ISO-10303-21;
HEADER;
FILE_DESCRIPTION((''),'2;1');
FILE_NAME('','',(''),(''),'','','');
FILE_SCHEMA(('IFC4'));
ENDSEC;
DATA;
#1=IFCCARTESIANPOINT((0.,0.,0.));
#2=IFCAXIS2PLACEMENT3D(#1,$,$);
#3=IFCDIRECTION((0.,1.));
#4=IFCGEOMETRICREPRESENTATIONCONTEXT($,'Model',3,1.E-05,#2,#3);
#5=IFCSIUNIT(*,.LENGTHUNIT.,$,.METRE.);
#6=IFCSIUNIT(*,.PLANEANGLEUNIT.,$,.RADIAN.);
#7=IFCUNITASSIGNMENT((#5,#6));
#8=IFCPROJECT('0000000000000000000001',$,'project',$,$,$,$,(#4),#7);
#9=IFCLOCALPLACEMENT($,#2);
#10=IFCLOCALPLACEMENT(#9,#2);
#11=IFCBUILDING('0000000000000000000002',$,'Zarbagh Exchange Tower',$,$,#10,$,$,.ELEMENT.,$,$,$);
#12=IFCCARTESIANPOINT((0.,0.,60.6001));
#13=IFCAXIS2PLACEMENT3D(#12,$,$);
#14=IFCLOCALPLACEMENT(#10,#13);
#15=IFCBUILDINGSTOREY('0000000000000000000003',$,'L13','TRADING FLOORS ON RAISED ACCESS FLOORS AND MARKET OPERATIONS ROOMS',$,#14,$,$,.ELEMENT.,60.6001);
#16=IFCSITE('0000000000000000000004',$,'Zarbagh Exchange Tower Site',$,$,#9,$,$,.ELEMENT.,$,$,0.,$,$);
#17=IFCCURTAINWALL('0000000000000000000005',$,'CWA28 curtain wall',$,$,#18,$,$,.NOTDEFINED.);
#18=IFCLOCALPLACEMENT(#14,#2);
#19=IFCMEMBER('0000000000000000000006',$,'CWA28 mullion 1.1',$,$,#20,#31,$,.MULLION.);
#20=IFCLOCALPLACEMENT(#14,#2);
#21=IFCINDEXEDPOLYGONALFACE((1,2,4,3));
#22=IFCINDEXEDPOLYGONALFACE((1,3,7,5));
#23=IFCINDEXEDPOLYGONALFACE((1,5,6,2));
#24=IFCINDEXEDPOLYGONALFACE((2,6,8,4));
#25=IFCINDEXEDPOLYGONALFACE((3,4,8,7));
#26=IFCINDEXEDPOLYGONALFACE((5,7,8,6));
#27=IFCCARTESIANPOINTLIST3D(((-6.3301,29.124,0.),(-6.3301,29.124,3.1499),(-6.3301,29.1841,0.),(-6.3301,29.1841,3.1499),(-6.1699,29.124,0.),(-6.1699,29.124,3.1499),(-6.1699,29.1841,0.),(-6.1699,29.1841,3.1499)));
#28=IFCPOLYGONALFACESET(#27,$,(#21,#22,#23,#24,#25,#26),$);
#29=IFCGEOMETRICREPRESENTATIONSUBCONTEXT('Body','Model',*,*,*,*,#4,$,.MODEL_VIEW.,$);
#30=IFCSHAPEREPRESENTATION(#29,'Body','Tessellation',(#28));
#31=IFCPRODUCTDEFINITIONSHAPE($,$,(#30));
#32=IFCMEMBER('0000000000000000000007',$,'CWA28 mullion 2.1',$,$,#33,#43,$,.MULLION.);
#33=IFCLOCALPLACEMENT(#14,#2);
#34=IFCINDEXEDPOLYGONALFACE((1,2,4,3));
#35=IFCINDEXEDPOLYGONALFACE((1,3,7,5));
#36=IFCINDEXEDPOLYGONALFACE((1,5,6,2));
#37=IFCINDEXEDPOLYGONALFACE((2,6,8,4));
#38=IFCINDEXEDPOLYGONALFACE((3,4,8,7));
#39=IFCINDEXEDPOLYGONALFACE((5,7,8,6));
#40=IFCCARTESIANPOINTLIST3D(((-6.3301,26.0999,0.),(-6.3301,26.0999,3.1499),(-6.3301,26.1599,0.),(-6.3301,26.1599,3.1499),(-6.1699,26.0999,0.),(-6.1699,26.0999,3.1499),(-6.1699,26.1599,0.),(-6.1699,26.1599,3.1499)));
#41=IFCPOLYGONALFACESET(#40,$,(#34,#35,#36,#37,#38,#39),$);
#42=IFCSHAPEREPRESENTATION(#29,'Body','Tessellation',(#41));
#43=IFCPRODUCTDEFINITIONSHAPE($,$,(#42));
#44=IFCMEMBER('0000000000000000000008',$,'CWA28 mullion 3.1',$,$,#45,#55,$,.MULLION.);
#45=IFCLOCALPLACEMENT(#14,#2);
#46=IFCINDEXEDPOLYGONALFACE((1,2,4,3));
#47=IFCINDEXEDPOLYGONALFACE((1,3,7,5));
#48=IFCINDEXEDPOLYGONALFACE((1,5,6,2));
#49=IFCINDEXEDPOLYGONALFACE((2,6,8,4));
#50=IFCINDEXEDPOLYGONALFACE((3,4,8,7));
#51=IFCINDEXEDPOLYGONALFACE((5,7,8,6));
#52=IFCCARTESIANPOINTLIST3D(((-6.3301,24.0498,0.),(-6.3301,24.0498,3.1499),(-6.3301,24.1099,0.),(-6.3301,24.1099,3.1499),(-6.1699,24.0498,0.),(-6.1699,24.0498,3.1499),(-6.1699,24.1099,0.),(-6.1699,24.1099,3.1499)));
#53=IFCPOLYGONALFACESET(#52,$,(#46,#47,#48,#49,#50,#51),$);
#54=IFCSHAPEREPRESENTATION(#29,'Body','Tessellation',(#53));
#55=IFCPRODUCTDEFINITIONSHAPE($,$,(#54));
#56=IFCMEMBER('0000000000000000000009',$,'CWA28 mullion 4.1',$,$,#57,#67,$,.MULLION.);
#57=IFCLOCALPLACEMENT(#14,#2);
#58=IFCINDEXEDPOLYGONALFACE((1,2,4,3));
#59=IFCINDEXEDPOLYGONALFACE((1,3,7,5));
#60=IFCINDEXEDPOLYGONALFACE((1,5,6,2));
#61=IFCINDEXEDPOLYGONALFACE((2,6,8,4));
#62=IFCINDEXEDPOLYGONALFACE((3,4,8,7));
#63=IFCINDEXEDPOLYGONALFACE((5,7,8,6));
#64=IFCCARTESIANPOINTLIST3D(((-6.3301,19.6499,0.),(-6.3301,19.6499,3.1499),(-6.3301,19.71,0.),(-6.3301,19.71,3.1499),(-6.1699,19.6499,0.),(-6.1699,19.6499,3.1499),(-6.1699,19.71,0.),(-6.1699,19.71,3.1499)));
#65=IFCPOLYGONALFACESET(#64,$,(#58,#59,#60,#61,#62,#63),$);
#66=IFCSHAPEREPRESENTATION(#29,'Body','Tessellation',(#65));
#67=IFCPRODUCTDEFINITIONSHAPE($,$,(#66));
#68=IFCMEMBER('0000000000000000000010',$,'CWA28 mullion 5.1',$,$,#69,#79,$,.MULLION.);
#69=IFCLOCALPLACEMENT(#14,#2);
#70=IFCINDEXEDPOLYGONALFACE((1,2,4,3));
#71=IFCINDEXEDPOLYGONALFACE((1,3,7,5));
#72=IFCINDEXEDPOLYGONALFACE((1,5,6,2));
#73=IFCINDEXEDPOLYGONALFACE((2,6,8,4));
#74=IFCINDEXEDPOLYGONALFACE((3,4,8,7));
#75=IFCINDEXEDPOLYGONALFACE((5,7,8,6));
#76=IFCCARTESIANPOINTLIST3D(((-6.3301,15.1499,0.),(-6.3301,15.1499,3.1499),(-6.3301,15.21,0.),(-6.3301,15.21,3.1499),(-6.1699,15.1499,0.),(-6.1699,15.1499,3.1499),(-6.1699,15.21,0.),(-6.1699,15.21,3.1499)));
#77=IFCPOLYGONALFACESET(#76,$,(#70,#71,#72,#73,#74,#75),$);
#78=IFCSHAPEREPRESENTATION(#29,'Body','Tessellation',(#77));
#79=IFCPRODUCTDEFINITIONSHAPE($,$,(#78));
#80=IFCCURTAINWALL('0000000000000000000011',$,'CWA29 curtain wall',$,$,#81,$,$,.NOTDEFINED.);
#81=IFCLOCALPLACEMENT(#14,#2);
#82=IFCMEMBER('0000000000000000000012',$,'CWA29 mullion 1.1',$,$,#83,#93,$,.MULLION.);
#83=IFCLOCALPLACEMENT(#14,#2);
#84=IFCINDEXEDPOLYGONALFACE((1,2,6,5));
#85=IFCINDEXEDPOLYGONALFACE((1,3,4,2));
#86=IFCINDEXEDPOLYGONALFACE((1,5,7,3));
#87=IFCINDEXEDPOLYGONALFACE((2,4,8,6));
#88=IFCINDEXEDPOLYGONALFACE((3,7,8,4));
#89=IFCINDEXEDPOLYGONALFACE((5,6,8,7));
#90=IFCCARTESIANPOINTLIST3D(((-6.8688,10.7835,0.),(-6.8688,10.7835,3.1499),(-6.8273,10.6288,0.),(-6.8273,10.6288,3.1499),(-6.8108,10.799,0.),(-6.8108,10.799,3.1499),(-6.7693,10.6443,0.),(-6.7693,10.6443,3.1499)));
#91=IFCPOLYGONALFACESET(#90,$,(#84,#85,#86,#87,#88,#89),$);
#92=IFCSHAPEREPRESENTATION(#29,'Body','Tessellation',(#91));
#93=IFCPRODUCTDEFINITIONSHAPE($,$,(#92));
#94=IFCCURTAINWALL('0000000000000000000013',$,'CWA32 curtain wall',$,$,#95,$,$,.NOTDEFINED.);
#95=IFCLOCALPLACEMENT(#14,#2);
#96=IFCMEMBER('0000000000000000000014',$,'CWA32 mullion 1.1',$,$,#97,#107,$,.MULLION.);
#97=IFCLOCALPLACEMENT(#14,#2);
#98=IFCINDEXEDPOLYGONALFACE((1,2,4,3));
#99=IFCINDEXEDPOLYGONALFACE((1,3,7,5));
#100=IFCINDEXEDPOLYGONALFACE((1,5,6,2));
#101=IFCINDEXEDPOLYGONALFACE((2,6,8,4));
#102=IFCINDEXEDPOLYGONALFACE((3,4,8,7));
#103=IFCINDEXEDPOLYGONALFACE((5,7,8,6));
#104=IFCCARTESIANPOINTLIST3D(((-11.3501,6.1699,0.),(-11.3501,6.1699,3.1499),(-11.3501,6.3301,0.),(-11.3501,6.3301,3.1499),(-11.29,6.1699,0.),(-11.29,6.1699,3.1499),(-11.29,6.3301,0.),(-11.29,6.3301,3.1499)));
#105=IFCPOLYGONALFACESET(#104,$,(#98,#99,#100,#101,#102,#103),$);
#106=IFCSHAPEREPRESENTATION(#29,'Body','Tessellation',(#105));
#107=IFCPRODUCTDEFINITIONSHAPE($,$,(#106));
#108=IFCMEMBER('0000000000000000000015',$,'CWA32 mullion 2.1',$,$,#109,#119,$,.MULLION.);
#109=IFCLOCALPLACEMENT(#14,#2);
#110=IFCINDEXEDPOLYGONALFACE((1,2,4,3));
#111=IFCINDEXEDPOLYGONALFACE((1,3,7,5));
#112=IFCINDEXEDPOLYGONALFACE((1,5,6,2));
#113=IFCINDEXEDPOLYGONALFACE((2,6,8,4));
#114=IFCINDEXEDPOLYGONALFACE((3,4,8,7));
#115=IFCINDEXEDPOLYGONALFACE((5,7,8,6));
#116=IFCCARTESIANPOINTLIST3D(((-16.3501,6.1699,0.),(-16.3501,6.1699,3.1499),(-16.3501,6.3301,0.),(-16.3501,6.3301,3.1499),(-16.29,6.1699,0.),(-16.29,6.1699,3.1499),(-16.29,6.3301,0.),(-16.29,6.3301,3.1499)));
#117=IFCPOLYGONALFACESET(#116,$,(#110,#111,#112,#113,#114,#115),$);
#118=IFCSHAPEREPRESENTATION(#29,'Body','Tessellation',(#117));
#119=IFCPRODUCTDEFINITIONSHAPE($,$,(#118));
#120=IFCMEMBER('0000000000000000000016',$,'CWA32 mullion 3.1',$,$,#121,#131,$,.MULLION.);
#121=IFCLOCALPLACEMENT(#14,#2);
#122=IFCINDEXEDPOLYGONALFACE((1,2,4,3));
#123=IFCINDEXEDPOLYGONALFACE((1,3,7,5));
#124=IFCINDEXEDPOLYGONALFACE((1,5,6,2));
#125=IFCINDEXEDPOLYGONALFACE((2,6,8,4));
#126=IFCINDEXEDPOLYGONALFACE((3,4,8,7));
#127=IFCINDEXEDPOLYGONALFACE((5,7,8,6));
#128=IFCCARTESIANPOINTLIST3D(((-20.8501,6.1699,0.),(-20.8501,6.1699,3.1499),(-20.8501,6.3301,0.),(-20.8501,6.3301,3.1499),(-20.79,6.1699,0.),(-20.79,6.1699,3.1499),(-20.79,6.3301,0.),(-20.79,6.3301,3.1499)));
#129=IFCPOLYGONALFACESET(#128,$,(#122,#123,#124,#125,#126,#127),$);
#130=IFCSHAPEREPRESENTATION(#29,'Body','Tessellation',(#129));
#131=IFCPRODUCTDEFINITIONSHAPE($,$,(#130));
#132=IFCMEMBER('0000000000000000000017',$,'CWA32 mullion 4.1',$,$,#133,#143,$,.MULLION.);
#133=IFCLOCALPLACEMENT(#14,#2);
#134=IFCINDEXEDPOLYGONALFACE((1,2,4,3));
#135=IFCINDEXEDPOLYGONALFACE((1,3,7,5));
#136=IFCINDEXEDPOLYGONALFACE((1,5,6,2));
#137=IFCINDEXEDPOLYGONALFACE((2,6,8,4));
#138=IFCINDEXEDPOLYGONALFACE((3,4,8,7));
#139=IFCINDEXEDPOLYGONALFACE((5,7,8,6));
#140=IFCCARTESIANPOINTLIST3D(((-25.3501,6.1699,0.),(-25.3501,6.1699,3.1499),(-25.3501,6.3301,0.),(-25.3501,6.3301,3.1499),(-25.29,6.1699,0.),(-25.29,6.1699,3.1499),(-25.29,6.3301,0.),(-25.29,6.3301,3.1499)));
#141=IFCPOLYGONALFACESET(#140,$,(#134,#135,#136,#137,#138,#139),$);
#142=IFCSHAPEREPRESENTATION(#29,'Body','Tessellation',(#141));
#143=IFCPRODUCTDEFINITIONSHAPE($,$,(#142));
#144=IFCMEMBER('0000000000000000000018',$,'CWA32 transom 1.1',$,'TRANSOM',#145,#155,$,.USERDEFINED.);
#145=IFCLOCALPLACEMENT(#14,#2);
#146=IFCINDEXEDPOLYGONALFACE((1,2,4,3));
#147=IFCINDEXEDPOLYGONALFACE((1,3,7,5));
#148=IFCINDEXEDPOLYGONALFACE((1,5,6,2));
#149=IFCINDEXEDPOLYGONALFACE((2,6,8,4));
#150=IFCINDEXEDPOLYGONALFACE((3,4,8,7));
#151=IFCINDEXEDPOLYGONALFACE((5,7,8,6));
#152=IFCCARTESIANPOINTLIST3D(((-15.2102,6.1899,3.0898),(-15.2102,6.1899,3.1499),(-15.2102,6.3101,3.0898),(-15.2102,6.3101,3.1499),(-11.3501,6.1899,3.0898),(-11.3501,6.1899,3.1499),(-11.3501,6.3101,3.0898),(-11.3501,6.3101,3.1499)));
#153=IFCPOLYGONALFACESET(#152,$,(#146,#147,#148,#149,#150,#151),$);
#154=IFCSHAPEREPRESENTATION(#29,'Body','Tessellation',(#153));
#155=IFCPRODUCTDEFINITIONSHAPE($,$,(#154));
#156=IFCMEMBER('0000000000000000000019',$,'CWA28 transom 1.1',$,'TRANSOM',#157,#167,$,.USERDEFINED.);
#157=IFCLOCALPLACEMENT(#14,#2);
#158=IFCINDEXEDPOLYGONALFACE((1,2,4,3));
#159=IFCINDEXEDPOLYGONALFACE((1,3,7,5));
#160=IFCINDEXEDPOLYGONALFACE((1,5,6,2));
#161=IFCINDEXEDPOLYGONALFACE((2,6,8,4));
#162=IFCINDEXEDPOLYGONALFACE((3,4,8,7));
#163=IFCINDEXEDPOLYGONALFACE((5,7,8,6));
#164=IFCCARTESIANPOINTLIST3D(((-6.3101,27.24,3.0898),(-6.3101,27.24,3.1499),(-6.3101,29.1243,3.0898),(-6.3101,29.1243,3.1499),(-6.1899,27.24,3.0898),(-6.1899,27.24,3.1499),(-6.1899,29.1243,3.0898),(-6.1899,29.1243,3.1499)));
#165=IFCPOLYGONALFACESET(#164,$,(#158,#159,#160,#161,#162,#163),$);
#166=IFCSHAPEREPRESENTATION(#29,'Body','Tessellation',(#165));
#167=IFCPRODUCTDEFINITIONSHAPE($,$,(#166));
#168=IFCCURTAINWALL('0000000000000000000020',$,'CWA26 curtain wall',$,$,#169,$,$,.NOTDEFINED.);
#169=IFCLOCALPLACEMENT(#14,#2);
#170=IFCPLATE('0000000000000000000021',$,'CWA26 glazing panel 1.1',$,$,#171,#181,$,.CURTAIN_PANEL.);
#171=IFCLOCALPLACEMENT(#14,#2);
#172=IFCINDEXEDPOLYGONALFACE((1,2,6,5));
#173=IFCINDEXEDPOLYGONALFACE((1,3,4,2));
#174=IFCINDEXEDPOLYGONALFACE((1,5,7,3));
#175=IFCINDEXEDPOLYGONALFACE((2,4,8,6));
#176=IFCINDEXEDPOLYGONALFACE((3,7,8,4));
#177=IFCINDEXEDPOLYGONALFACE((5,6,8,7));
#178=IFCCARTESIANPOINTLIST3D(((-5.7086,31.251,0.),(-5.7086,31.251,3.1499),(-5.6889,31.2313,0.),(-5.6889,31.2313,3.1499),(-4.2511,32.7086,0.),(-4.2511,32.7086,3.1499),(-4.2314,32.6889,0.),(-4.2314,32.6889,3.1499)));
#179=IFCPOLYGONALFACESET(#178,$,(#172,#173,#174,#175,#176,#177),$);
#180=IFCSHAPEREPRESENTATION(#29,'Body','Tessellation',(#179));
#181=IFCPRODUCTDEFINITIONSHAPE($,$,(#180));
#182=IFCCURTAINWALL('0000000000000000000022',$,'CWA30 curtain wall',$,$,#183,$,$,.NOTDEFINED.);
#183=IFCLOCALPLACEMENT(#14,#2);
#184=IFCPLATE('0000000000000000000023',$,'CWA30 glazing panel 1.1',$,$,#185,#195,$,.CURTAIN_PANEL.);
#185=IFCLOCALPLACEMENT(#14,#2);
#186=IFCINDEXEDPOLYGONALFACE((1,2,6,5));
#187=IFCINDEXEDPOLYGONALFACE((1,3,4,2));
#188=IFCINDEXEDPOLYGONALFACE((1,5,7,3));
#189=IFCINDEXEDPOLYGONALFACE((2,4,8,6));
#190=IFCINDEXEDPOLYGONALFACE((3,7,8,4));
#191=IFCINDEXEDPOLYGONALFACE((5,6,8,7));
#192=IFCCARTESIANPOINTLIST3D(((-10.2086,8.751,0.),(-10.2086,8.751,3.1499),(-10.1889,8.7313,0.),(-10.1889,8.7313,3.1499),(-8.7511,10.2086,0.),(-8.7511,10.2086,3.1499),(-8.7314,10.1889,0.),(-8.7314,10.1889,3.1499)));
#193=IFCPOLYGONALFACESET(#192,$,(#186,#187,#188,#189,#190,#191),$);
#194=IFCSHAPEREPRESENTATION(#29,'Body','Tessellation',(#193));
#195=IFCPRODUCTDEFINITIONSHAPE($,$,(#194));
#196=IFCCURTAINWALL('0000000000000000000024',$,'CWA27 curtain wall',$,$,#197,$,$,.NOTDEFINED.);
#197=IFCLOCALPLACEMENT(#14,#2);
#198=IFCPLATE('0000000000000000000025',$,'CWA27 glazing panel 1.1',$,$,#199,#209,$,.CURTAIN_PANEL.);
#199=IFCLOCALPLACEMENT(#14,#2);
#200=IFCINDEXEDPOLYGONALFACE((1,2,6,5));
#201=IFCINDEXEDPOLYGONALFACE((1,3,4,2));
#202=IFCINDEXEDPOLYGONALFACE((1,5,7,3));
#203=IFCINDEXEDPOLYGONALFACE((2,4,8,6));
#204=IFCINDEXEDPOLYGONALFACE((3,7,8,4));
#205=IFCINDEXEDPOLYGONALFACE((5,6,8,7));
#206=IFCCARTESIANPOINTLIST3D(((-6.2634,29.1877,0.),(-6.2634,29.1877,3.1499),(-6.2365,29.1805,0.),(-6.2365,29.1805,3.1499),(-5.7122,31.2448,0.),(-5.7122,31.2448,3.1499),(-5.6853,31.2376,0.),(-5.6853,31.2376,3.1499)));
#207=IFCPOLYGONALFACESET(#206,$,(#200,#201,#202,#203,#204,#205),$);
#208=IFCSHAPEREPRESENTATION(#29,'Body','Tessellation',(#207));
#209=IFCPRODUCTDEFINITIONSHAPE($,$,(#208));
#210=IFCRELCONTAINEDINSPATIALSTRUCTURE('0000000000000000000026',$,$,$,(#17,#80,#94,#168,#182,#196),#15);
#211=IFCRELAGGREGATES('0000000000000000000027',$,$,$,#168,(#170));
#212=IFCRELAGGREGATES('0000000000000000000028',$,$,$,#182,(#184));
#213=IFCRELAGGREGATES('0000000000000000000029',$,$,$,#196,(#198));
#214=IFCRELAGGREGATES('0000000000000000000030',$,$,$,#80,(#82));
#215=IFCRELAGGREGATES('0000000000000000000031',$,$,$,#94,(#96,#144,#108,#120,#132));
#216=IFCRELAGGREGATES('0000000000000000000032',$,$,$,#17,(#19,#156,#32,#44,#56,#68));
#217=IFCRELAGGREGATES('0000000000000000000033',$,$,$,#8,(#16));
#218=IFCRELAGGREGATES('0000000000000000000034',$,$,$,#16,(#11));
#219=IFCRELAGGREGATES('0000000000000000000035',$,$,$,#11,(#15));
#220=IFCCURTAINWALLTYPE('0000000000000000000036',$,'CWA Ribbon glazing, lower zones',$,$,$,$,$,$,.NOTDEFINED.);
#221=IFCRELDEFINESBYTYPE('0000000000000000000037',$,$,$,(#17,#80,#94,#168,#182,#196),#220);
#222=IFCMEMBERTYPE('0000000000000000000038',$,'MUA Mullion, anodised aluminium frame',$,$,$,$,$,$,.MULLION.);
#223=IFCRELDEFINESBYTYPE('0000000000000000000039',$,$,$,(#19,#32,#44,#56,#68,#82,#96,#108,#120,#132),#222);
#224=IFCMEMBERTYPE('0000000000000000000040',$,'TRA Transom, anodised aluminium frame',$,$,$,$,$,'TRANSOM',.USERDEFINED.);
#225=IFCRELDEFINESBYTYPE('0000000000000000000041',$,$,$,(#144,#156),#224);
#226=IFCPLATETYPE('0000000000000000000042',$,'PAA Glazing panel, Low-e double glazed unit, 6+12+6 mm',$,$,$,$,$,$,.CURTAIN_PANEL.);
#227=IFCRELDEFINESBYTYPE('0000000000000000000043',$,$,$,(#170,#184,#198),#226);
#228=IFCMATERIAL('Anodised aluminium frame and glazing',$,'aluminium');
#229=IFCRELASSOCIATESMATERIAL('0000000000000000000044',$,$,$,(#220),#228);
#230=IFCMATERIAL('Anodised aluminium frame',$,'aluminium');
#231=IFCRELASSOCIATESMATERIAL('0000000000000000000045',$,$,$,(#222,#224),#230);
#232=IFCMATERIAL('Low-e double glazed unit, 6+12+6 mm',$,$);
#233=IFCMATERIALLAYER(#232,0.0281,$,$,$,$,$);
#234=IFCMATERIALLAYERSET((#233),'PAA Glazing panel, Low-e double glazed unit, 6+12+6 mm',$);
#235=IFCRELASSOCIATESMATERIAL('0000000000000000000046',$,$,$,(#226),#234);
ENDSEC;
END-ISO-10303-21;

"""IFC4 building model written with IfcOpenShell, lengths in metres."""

from ifc_helpers import new_model, si_unit, direction, frame, origin, place, context, subcontext, project, spatial, polyline, outline, extrude, source, transform, mapped, material, layer, layer_set, type_object, element, aggregate, save


model = new_model("IFC4")

# Units and contexts
model_context = context("Model", 3, precision=1e-05, world=origin(), true_north=direction((0.0, 1.0)))
body_context = subcontext(model_context, "Body", "Model", "MODEL_VIEW")
ifc_project = project(units=[si_unit("LENGTHUNIT", "METRE"), si_unit("PLANEANGLEUNIT", "RADIAN")], contexts=[model_context])

# Site, building, storey
site_placement = place(None, origin())
site = spatial("IfcSite", under=ifc_project, at=site_placement, Name="Zarbagh Exchange Tower Site", CompositionType="ELEMENT", RefElevation=0.0)
building_placement = place(site_placement, origin())
building = spatial("IfcBuilding", under=site, at=building_placement, Name="Zarbagh Exchange Tower", CompositionType="ELEMENT")
storey_placement = place(building_placement, frame((0.0, 0.0, 60.6001)))
storey = spatial("IfcBuildingStorey", under=building, at=storey_placement, Name="L13", Description="TRADING FLOORS ON RAISED ACCESS FLOORS AND MARKET OPERATIONS ROOMS", CompositionType="ELEMENT", Elevation=60.6001)

# Curtain wall, members
ifc_material_1 = material(Name="Anodised aluminium frame and glazing", Category="aluminium")
curtain_wall_type = type_object("IfcCurtainWallType", Name="CWA Ribbon glazing, lower zones", PredefinedType="NOTDEFINED", material=ifc_material_1)
curtain_wall_1_placement = place(storey_placement, origin())
curtain_wall_1 = element("IfcCurtainWall", 1, at=curtain_wall_1_placement, inside=storey, type_object=curtain_wall_type, Name="CWA28 curtain wall", PredefinedType="NOTDEFINED")
ifc_material_2 = material(Name="Anodised aluminium frame", Category="aluminium")
member_type_1 = type_object("IfcMemberType", Name="MUA Mullion, anodised aluminium frame", PredefinedType="MULLION", material=ifc_material_2)
shared_shape_1 = source(origin(), body_context, "Body", "SweptSolid", [
    extrude(outline(polyline([(0.0, -0.0801), (0.0601, -0.0801), (0.0601, 0.0801), (0.0, 0.0801), (0.0, -0.0801)])), origin(), (0.0, 0.0, 1.0), 3.1499),
])
placement = place(storey_placement, origin())
member_1 = element("IfcMember", 2, at=placement, type_object=member_type_1, Name="CWA28 mullion 1.1", PredefinedType="MULLION", context=body_context, shape_type="MappedRepresentation", body=[
    mapped(shared_shape_1, transform((-6.25, 29.1841, 0.0), x_axis=(0.0, -1.0, 0.0), y_axis=(1.0, 0.0, 0.0), z_axis=(0.0, 0.0, 1.0))),
])
member_2 = element("IfcMember", 3, at=placement, type_object=member_type_1, Name="CWA28 mullion 2.1", PredefinedType="MULLION", context=body_context, shape_type="MappedRepresentation", body=[
    mapped(shared_shape_1, transform((-6.25, 26.1599, 0.0), x_axis=(0.0, -1.0, 0.0), y_axis=(1.0, 0.0, 0.0), z_axis=(0.0, 0.0, 1.0))),
])
member_3 = element("IfcMember", 4, at=placement, type_object=member_type_1, Name="CWA28 mullion 3.1", PredefinedType="MULLION", context=body_context, shape_type="MappedRepresentation", body=[
    mapped(shared_shape_1, transform((-6.25, 24.1099, 0.0), x_axis=(0.0, -1.0, 0.0), y_axis=(1.0, 0.0, 0.0), z_axis=(0.0, 0.0, 1.0))),
])
member_4 = element("IfcMember", 5, at=placement, type_object=member_type_1, Name="CWA28 mullion 4.1", PredefinedType="MULLION", context=body_context, shape_type="MappedRepresentation", body=[
    mapped(shared_shape_1, transform((-6.25, 19.71, 0.0), x_axis=(0.0, -1.0, 0.0), y_axis=(1.0, 0.0, 0.0), z_axis=(0.0, 0.0, 1.0))),
])
member_5 = element("IfcMember", 6, at=placement, type_object=member_type_1, Name="CWA28 mullion 5.1", PredefinedType="MULLION", context=body_context, shape_type="MappedRepresentation", body=[
    mapped(shared_shape_1, transform((-6.25, 15.21, 0.0), x_axis=(0.0, -1.0, 0.0), y_axis=(1.0, 0.0, 0.0), z_axis=(0.0, 0.0, 1.0))),
])

# Curtain wall, member
curtain_wall_2_placement = place(storey_placement, origin())
curtain_wall_2 = element("IfcCurtainWall", 7, at=curtain_wall_2_placement, inside=storey, type_object=curtain_wall_type, Name="CWA29 curtain wall", PredefinedType="NOTDEFINED")
member_6 = element("IfcMember", 8, at=placement, type_object=member_type_1, Name="CWA29 mullion 1.1", PredefinedType="MULLION", context=body_context, shape_type="MappedRepresentation", body=[
    mapped(shared_shape_1, transform((-6.79, 10.7217, 0.0), x_axis=(-0.965924, -0.258825, 0.0), y_axis=(0.258825, -0.965924, 0.0), z_axis=(0.0, 0.0, 1.0))),
])

# Curtain wall, members
curtain_wall_3_placement = place(storey_placement, origin())
curtain_wall_3 = element("IfcCurtainWall", 9, at=curtain_wall_3_placement, inside=storey, type_object=curtain_wall_type, Name="CWA32 curtain wall", PredefinedType="NOTDEFINED")
member_7 = element("IfcMember", 10, at=placement, type_object=member_type_1, Name="CWA32 mullion 1.1", PredefinedType="MULLION", context=body_context, shape_type="MappedRepresentation", body=[
    mapped(shared_shape_1, transform((-11.29, 6.25, 0.0), x_axis=(-1.0, 0.0, 0.0), y_axis=(0.0, -1.0, 0.0), z_axis=(0.0, 0.0, 1.0))),
])
member_8 = element("IfcMember", 11, at=placement, type_object=member_type_1, Name="CWA32 mullion 2.1", PredefinedType="MULLION", context=body_context, shape_type="MappedRepresentation", body=[
    mapped(shared_shape_1, transform((-16.29, 6.25, 0.0), x_axis=(-1.0, 0.0, 0.0), y_axis=(0.0, -1.0, 0.0), z_axis=(0.0, 0.0, 1.0))),
])
member_9 = element("IfcMember", 12, at=placement, type_object=member_type_1, Name="CWA32 mullion 3.1", PredefinedType="MULLION", context=body_context, shape_type="MappedRepresentation", body=[
    mapped(shared_shape_1, transform((-20.79, 6.25, 0.0), x_axis=(-1.0, 0.0, 0.0), y_axis=(0.0, -1.0, 0.0), z_axis=(0.0, 0.0, 1.0))),
])
member_10 = element("IfcMember", 13, at=placement, type_object=member_type_1, Name="CWA32 mullion 4.1", PredefinedType="MULLION", context=body_context, shape_type="MappedRepresentation", body=[
    mapped(shared_shape_1, transform((-25.29, 6.25, 0.0), x_axis=(-1.0, 0.0, 0.0), y_axis=(0.0, -1.0, 0.0), z_axis=(0.0, 0.0, 1.0))),
])
member_type_2 = type_object("IfcMemberType", Name="TRA Transom, anodised aluminium frame", ElementType="TRANSOM", PredefinedType="USERDEFINED", material=ifc_material_2)
shared_shape_2 = source(origin(), body_context, "Body", "SweptSolid", [
    extrude(outline(polyline([(-0.0601, -0.0601), (0.0, -0.0601), (0.0, 0.0601), (-0.0601, 0.0601), (-0.0601, -0.0601)])), origin(), (0.0, 0.0, 1.0), 3.8601),
])
member_11 = element("IfcMember", 14, at=placement, type_object=member_type_2, Name="CWA32 transom 1.1", ObjectType="TRANSOM", PredefinedType="USERDEFINED", context=body_context, shape_type="MappedRepresentation", body=[
    mapped(shared_shape_2, transform((-11.3501, 6.25, 3.1499), x_axis=(0.0, 0.0, 1.0), y_axis=(0.0, 1.0, 0.0), z_axis=(-1.0, 0.0, 0.0))),
])

# Member
shared_shape_3 = source(origin(), body_context, "Body", "SweptSolid", [
    extrude(outline(polyline([(-0.0601, -0.0601), (0.0, -0.0601), (0.0, 0.0601), (-0.0601, 0.0601), (-0.0601, -0.0601)])), origin(), (0.0, 0.0, 1.0), 1.8843),
])
member_12 = element("IfcMember", 15, at=placement, type_object=member_type_2, Name="CWA28 transom 1.1", ObjectType="TRANSOM", PredefinedType="USERDEFINED", context=body_context, shape_type="MappedRepresentation", body=[
    mapped(shared_shape_3, transform((-6.25, 29.1243, 3.1499), x_axis=(0.0, 0.0, 1.0), y_axis=(-1.0, 0.0, 0.0), z_axis=(0.0, -1.0, 0.0))),
])

# Curtain walls, plates
curtain_wall_4_placement = place(storey_placement, origin())
curtain_wall_4 = element("IfcCurtainWall", 16, at=curtain_wall_4_placement, inside=storey, type_object=curtain_wall_type, Name="CWA26 curtain wall", PredefinedType="NOTDEFINED")
ifc_material_3 = material(Name="Low-e double glazed unit, 6+12+6 mm")
ifc_layer = layer(ifc_material_3, 0.0281)
ifc_layer_set = layer_set([ifc_layer], Name="PAA Glazing panel, Low-e double glazed unit, 6+12+6 mm")
plate_type = type_object("IfcPlateType", Name="PAA Glazing panel, Low-e double glazed unit, 6+12+6 mm", PredefinedType="CURTAIN_PANEL", material=ifc_layer_set)
shared_shape_4 = source(origin(), body_context, "Body", "SweptSolid", [
    extrude(outline(polyline([(0.0, -0.0139), (2.0613, -0.0139), (2.0613, 0.0139), (0.0, 0.0139), (0.0, -0.0139)])), origin(), (0.0, 0.0, 1.0), 3.1499),
])
plate_1 = element("IfcPlate", 17, at=placement, type_object=plate_type, Name="CWA26 glazing panel 1.1", PredefinedType="CURTAIN_PANEL", context=body_context, shape_type="MappedRepresentation", body=[
    mapped(shared_shape_4, transform((-4.2412, 32.6987, 0.0), x_axis=(-0.707107, -0.707107, 0.0), y_axis=(0.707107, -0.707107, 0.0), z_axis=(0.0, 0.0, 1.0))),
])
aggregate(curtain_wall_4, [plate_1])
curtain_wall_5_placement = place(storey_placement, origin())
curtain_wall_5 = element("IfcCurtainWall", 18, at=curtain_wall_5_placement, inside=storey, type_object=curtain_wall_type, Name="CWA30 curtain wall", PredefinedType="NOTDEFINED")
plate_2 = element("IfcPlate", 19, at=placement, type_object=plate_type, Name="CWA30 glazing panel 1.1", PredefinedType="CURTAIN_PANEL", context=body_context, shape_type="MappedRepresentation", body=[
    mapped(shared_shape_4, transform((-8.7412, 10.1987, 0.0), x_axis=(-0.707107, -0.707107, 0.0), y_axis=(0.707107, -0.707107, 0.0), z_axis=(0.0, 0.0, 1.0))),
])
aggregate(curtain_wall_5, [plate_2])
curtain_wall_6_placement = place(storey_placement, origin())
curtain_wall_6 = element("IfcCurtainWall", 20, at=curtain_wall_6_placement, inside=storey, type_object=curtain_wall_type, Name="CWA27 curtain wall", PredefinedType="NOTDEFINED")
shared_shape_5 = source(origin(), body_context, "Body", "SweptSolid", [
    extrude(outline(polyline([(0.0, -0.0139), (2.1296, -0.0139), (2.1296, 0.0139), (0.0, 0.0139), (0.0, -0.0139)])), origin(), (0.0, 0.0, 1.0), 3.1499),
])
plate_3 = element("IfcPlate", 21, at=placement, type_object=plate_type, Name="CWA27 glazing panel 1.1", PredefinedType="CURTAIN_PANEL", context=body_context, shape_type="MappedRepresentation", body=[
    mapped(shared_shape_5, transform((-5.6987, 31.2412, 0.0), x_axis=(-0.258825, -0.965924, 0.0), y_axis=(0.965924, -0.258825, 0.0), z_axis=(0.0, 0.0, 1.0))),
])
aggregate(curtain_wall_6, [plate_3])

aggregate(curtain_wall_2, [member_6])

aggregate(curtain_wall_3, [member_7, member_11, member_8, member_9, member_10])
aggregate(curtain_wall_1, [member_1, member_12, member_2, member_3, member_4, member_5])

save(model, "model.ifc")
